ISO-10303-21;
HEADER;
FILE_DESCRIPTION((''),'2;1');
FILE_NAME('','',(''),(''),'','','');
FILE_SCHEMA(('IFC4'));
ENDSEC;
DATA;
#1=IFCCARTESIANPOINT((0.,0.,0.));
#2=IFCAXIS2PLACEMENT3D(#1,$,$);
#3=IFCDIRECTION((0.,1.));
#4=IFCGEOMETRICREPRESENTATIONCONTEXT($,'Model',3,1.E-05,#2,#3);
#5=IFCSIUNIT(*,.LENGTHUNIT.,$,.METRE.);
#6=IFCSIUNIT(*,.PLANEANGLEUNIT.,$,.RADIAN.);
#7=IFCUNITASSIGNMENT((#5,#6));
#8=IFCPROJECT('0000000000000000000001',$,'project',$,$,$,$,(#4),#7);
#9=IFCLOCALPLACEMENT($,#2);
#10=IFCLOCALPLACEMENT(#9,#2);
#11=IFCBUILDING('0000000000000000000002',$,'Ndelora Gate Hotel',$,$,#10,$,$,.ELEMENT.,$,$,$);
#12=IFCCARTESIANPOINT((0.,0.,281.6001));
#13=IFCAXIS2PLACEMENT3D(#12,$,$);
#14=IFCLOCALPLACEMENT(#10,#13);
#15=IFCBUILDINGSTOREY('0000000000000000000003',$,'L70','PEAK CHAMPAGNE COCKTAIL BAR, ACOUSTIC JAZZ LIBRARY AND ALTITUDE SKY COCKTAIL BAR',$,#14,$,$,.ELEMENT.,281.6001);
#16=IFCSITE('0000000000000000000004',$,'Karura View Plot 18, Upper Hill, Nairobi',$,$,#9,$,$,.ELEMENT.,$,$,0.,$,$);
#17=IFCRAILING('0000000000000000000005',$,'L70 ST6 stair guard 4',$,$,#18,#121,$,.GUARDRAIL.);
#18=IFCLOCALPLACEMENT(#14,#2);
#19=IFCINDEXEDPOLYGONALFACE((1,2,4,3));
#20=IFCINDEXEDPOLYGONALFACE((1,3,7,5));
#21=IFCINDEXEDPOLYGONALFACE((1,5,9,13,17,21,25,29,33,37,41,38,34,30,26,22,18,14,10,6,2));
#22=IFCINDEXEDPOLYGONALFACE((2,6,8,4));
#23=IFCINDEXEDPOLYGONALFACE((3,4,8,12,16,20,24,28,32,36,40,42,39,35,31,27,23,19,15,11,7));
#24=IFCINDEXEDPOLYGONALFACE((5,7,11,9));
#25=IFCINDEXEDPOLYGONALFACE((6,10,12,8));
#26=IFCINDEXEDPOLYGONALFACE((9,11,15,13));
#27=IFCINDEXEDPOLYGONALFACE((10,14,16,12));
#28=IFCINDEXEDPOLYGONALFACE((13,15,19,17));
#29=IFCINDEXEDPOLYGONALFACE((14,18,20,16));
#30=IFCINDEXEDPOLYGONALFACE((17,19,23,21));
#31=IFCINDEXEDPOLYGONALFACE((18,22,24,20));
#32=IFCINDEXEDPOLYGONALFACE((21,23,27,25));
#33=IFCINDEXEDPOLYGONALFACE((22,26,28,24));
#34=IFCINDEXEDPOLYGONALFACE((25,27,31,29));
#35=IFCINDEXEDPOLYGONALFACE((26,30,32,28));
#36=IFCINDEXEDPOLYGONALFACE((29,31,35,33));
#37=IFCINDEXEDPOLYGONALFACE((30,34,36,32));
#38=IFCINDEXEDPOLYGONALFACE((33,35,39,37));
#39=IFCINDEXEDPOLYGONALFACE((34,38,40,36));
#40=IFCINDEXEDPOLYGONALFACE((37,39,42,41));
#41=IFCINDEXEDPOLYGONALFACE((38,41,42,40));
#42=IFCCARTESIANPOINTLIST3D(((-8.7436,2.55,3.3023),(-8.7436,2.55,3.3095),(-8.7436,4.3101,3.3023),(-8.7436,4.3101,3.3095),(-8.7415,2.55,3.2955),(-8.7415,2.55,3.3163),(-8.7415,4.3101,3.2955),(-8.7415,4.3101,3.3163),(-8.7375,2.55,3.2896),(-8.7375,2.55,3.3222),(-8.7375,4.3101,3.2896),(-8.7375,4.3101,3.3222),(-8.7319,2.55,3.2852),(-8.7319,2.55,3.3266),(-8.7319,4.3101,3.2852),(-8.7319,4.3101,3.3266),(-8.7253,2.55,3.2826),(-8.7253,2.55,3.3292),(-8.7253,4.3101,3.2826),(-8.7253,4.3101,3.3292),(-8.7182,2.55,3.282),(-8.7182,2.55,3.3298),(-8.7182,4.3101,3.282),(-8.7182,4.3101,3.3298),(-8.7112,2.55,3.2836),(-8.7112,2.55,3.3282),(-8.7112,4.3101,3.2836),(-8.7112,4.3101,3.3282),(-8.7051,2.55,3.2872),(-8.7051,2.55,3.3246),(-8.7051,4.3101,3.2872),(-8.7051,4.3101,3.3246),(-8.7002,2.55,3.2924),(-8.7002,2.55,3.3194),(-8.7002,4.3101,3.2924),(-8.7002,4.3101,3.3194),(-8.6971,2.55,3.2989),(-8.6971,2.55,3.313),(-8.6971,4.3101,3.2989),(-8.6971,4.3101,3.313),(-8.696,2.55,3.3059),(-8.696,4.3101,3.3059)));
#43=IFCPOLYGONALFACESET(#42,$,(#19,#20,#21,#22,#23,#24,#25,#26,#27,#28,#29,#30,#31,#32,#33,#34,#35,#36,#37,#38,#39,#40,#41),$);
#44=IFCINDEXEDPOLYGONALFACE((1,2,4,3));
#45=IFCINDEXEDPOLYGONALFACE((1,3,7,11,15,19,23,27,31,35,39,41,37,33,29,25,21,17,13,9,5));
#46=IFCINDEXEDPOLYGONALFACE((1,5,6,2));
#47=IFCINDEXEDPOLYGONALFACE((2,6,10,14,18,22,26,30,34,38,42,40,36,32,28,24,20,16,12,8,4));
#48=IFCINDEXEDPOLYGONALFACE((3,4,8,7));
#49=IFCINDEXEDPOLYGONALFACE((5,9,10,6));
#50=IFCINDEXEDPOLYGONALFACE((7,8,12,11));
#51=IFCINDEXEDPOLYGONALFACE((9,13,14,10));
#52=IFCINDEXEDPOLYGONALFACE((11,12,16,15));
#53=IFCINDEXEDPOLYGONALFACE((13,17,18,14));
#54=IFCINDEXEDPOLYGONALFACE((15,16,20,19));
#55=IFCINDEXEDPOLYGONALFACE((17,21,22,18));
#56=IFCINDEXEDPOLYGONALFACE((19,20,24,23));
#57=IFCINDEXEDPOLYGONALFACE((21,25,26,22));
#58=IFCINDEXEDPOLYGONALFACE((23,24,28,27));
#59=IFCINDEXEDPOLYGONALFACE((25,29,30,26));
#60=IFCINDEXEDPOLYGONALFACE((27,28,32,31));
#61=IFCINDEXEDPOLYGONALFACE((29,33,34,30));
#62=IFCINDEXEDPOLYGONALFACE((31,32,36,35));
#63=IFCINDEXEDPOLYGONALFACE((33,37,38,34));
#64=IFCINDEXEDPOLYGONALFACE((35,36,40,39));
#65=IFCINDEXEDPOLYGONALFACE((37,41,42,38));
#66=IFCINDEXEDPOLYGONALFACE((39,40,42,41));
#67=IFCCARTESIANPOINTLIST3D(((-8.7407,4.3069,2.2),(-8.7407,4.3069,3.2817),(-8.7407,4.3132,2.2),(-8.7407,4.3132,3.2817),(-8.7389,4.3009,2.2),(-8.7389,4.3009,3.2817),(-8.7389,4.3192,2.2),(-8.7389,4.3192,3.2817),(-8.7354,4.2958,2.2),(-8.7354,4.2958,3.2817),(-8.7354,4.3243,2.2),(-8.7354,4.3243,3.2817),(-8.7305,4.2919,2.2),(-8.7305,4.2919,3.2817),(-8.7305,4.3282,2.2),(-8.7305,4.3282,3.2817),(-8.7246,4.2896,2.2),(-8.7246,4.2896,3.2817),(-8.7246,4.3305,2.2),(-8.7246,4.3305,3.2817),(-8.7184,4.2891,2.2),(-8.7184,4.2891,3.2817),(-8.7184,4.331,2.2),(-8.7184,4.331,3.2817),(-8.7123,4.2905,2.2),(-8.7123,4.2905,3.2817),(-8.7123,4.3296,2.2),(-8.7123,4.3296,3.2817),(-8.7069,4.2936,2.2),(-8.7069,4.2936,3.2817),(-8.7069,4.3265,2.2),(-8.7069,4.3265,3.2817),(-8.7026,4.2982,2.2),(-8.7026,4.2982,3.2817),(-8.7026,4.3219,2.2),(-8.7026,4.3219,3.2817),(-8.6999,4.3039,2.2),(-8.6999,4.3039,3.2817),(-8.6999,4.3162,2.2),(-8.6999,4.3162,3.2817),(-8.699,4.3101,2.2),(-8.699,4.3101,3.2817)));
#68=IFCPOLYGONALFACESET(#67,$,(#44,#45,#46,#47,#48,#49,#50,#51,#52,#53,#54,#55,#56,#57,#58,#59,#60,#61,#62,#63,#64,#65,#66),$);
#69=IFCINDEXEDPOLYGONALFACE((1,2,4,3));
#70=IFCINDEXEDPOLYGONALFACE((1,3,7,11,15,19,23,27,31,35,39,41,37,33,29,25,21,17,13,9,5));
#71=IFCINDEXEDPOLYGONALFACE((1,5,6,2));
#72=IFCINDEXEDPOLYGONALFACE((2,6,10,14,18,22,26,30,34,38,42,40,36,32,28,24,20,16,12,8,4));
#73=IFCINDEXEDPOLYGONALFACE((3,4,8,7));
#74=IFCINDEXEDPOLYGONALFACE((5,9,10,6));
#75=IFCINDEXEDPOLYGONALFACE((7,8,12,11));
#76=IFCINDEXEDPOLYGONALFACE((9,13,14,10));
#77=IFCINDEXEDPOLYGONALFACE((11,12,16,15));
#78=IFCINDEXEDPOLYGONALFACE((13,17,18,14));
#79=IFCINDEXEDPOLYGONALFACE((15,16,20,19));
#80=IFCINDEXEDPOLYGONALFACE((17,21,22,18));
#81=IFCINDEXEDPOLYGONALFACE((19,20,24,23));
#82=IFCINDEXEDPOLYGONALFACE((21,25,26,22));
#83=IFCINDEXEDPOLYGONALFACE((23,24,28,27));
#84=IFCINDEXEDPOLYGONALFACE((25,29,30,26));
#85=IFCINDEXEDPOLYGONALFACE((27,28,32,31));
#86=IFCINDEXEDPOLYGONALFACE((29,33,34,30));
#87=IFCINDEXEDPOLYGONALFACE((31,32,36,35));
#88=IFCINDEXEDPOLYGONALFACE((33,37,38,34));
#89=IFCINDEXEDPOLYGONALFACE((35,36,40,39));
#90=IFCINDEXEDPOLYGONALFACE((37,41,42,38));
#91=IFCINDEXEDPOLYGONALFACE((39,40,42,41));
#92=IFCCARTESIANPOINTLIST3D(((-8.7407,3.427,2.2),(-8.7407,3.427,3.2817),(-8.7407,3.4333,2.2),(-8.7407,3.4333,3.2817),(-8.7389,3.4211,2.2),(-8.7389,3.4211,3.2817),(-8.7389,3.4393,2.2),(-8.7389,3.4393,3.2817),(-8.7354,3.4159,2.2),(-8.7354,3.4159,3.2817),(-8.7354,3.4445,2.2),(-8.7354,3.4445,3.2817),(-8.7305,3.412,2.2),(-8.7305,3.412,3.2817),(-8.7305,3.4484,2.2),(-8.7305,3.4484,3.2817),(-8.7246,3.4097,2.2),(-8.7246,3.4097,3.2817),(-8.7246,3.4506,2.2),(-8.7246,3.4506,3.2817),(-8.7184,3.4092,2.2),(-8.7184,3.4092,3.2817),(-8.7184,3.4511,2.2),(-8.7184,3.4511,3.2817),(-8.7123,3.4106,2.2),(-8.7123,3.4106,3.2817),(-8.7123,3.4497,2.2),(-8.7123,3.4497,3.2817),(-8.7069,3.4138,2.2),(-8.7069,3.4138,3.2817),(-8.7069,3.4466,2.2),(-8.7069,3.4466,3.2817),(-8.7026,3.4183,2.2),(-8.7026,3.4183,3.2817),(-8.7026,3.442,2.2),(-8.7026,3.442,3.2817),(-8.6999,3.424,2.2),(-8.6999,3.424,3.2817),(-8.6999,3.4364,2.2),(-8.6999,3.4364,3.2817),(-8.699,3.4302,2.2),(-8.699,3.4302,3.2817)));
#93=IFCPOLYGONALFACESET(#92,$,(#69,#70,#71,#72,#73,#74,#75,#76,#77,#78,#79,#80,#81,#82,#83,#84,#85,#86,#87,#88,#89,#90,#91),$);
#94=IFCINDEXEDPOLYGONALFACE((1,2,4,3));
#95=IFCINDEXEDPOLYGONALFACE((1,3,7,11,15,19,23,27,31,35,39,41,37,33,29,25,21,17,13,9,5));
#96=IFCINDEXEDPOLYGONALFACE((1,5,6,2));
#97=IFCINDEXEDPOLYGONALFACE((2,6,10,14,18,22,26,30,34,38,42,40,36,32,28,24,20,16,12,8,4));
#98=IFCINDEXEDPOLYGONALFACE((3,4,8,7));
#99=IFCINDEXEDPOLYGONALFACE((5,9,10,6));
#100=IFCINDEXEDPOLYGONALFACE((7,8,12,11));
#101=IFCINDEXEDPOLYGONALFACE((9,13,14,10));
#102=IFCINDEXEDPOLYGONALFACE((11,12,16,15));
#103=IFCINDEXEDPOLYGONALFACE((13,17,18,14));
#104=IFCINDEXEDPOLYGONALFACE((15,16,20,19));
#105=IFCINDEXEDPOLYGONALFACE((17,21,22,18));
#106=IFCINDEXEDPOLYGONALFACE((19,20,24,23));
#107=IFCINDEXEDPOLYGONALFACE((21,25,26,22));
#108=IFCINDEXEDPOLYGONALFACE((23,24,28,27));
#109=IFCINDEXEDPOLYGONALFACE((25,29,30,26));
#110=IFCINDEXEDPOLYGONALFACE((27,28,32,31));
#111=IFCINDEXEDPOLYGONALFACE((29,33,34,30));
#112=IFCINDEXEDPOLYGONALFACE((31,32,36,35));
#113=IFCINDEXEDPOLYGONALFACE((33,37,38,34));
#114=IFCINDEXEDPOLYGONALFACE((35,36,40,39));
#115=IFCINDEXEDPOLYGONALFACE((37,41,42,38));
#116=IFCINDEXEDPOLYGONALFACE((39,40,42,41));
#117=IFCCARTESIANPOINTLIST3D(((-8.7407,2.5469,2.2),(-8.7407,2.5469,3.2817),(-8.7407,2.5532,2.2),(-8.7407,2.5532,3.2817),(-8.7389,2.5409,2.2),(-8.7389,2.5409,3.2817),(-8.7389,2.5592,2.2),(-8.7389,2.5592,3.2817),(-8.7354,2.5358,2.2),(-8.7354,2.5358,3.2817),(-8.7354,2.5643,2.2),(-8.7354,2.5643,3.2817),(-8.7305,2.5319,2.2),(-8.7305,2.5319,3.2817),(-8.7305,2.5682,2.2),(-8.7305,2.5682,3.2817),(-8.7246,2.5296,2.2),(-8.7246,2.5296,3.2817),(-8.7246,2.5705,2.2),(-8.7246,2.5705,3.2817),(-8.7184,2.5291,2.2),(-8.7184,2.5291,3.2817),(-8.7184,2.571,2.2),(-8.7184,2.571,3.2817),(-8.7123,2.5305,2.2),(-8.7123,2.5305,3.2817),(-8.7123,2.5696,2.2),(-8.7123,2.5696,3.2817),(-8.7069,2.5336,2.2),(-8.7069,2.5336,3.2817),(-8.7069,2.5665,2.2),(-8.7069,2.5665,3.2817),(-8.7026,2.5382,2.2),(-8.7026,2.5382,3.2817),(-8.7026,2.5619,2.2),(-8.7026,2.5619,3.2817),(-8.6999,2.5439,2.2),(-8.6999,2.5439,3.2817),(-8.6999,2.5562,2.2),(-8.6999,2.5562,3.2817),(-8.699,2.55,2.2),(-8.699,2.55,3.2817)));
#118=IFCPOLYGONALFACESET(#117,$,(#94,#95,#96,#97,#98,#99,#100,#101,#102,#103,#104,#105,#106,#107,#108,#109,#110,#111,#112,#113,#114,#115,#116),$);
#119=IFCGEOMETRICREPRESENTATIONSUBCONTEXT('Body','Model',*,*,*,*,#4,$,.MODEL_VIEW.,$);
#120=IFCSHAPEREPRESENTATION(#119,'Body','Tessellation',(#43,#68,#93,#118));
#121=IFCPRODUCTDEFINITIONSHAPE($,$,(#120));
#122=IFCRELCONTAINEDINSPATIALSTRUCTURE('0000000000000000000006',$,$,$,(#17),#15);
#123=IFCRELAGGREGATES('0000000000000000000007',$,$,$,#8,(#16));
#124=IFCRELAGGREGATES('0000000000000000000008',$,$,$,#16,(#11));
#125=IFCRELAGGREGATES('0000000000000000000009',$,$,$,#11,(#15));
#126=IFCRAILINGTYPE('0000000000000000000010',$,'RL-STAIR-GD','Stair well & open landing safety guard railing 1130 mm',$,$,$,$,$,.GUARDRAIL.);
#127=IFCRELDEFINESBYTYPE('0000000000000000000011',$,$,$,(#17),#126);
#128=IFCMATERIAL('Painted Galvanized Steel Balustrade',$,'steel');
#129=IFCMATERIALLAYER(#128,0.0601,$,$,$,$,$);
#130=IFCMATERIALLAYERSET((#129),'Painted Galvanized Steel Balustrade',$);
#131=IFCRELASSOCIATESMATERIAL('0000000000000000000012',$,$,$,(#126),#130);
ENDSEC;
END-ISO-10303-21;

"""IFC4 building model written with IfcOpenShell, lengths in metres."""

from ifc_helpers import new_model, si_unit, direction, frame, origin, origin_2d, place, context, subcontext, project, spatial, circle, extrude, material, layer, layer_set, type_object, element, save


model = new_model("IFC4")

# Units and contexts
model_context = context("Model", 3, precision=1e-05, world=origin(), true_north=direction((0.0, 1.0)))
body_context = subcontext(model_context, "Body", "Model", "MODEL_VIEW")
ifc_project = project(units=[si_unit("LENGTHUNIT", "METRE"), si_unit("PLANEANGLEUNIT", "RADIAN")], contexts=[model_context])

# Site, building, storey
site_placement = place(None, origin())
site = spatial("IfcSite", under=ifc_project, at=site_placement, Name="Karura View Plot 18, Upper Hill, Nairobi", CompositionType="ELEMENT", RefElevation=0.0)
building_placement = place(site_placement, origin())
building = spatial("IfcBuilding", under=site, at=building_placement, Name="Ndelora Gate Hotel", CompositionType="ELEMENT")
storey_placement = place(building_placement, frame((0.0, 0.0, 281.6001)))
storey = spatial("IfcBuildingStorey", under=building, at=storey_placement, Name="L70", Description="PEAK CHAMPAGNE COCKTAIL BAR, ACOUSTIC JAZZ LIBRARY AND ALTITUDE SKY COCKTAIL BAR", CompositionType="ELEMENT", Elevation=281.6001)

# Railing
ifc_material_1 = material(Name="Painted Galvanized Steel Balustrade", Category="steel")
ifc_layer_1 = layer(ifc_material_1, 0.0601)
ifc_layer_set_1 = layer_set([ifc_layer_1], Name="Painted Galvanized Steel Balustrade")
railing_type_1 = type_object("IfcRailingType", Name="RL-STAIR-GD", Description="Stair well & open landing safety guard railing 1130 mm", PredefinedType="GUARDRAIL", material=ifc_layer_set_1)
railing_1_placement = place(storey_placement, frame((-8.72, 4.3101, 2.2)))
element("IfcRailing", 1, at=railing_1_placement, inside=storey, type_object=railing_type_1, Name="L70 ST6 stair guard 4", PredefinedType="GUARDRAIL", context=body_context, shape_type="SweptSolid", body=[
    extrude(circle(Radius=0.0239, at=origin_2d()), frame((0.0, 0.0, 1.106), z_axis=(0.0, -1.0, 0.0), x_axis=(1.0, 0.0, 0.0)), (0.0, 0.0, 1.0), 1.76),
    extrude(circle(Radius=0.021, at=origin_2d()), origin(), (0.0, 0.0, 1.0), 1.0818),
    extrude(circle(Radius=0.021, at=origin_2d()), frame((0.0, -0.8799, 0.0)), (0.0, 0.0, 1.0), 1.0818),
    extrude(circle(Radius=0.021, at=origin_2d()), frame((0.0, -1.76, 0.0)), (0.0, 0.0, 1.0), 1.0818),
])

save(model, "model.ifc")
